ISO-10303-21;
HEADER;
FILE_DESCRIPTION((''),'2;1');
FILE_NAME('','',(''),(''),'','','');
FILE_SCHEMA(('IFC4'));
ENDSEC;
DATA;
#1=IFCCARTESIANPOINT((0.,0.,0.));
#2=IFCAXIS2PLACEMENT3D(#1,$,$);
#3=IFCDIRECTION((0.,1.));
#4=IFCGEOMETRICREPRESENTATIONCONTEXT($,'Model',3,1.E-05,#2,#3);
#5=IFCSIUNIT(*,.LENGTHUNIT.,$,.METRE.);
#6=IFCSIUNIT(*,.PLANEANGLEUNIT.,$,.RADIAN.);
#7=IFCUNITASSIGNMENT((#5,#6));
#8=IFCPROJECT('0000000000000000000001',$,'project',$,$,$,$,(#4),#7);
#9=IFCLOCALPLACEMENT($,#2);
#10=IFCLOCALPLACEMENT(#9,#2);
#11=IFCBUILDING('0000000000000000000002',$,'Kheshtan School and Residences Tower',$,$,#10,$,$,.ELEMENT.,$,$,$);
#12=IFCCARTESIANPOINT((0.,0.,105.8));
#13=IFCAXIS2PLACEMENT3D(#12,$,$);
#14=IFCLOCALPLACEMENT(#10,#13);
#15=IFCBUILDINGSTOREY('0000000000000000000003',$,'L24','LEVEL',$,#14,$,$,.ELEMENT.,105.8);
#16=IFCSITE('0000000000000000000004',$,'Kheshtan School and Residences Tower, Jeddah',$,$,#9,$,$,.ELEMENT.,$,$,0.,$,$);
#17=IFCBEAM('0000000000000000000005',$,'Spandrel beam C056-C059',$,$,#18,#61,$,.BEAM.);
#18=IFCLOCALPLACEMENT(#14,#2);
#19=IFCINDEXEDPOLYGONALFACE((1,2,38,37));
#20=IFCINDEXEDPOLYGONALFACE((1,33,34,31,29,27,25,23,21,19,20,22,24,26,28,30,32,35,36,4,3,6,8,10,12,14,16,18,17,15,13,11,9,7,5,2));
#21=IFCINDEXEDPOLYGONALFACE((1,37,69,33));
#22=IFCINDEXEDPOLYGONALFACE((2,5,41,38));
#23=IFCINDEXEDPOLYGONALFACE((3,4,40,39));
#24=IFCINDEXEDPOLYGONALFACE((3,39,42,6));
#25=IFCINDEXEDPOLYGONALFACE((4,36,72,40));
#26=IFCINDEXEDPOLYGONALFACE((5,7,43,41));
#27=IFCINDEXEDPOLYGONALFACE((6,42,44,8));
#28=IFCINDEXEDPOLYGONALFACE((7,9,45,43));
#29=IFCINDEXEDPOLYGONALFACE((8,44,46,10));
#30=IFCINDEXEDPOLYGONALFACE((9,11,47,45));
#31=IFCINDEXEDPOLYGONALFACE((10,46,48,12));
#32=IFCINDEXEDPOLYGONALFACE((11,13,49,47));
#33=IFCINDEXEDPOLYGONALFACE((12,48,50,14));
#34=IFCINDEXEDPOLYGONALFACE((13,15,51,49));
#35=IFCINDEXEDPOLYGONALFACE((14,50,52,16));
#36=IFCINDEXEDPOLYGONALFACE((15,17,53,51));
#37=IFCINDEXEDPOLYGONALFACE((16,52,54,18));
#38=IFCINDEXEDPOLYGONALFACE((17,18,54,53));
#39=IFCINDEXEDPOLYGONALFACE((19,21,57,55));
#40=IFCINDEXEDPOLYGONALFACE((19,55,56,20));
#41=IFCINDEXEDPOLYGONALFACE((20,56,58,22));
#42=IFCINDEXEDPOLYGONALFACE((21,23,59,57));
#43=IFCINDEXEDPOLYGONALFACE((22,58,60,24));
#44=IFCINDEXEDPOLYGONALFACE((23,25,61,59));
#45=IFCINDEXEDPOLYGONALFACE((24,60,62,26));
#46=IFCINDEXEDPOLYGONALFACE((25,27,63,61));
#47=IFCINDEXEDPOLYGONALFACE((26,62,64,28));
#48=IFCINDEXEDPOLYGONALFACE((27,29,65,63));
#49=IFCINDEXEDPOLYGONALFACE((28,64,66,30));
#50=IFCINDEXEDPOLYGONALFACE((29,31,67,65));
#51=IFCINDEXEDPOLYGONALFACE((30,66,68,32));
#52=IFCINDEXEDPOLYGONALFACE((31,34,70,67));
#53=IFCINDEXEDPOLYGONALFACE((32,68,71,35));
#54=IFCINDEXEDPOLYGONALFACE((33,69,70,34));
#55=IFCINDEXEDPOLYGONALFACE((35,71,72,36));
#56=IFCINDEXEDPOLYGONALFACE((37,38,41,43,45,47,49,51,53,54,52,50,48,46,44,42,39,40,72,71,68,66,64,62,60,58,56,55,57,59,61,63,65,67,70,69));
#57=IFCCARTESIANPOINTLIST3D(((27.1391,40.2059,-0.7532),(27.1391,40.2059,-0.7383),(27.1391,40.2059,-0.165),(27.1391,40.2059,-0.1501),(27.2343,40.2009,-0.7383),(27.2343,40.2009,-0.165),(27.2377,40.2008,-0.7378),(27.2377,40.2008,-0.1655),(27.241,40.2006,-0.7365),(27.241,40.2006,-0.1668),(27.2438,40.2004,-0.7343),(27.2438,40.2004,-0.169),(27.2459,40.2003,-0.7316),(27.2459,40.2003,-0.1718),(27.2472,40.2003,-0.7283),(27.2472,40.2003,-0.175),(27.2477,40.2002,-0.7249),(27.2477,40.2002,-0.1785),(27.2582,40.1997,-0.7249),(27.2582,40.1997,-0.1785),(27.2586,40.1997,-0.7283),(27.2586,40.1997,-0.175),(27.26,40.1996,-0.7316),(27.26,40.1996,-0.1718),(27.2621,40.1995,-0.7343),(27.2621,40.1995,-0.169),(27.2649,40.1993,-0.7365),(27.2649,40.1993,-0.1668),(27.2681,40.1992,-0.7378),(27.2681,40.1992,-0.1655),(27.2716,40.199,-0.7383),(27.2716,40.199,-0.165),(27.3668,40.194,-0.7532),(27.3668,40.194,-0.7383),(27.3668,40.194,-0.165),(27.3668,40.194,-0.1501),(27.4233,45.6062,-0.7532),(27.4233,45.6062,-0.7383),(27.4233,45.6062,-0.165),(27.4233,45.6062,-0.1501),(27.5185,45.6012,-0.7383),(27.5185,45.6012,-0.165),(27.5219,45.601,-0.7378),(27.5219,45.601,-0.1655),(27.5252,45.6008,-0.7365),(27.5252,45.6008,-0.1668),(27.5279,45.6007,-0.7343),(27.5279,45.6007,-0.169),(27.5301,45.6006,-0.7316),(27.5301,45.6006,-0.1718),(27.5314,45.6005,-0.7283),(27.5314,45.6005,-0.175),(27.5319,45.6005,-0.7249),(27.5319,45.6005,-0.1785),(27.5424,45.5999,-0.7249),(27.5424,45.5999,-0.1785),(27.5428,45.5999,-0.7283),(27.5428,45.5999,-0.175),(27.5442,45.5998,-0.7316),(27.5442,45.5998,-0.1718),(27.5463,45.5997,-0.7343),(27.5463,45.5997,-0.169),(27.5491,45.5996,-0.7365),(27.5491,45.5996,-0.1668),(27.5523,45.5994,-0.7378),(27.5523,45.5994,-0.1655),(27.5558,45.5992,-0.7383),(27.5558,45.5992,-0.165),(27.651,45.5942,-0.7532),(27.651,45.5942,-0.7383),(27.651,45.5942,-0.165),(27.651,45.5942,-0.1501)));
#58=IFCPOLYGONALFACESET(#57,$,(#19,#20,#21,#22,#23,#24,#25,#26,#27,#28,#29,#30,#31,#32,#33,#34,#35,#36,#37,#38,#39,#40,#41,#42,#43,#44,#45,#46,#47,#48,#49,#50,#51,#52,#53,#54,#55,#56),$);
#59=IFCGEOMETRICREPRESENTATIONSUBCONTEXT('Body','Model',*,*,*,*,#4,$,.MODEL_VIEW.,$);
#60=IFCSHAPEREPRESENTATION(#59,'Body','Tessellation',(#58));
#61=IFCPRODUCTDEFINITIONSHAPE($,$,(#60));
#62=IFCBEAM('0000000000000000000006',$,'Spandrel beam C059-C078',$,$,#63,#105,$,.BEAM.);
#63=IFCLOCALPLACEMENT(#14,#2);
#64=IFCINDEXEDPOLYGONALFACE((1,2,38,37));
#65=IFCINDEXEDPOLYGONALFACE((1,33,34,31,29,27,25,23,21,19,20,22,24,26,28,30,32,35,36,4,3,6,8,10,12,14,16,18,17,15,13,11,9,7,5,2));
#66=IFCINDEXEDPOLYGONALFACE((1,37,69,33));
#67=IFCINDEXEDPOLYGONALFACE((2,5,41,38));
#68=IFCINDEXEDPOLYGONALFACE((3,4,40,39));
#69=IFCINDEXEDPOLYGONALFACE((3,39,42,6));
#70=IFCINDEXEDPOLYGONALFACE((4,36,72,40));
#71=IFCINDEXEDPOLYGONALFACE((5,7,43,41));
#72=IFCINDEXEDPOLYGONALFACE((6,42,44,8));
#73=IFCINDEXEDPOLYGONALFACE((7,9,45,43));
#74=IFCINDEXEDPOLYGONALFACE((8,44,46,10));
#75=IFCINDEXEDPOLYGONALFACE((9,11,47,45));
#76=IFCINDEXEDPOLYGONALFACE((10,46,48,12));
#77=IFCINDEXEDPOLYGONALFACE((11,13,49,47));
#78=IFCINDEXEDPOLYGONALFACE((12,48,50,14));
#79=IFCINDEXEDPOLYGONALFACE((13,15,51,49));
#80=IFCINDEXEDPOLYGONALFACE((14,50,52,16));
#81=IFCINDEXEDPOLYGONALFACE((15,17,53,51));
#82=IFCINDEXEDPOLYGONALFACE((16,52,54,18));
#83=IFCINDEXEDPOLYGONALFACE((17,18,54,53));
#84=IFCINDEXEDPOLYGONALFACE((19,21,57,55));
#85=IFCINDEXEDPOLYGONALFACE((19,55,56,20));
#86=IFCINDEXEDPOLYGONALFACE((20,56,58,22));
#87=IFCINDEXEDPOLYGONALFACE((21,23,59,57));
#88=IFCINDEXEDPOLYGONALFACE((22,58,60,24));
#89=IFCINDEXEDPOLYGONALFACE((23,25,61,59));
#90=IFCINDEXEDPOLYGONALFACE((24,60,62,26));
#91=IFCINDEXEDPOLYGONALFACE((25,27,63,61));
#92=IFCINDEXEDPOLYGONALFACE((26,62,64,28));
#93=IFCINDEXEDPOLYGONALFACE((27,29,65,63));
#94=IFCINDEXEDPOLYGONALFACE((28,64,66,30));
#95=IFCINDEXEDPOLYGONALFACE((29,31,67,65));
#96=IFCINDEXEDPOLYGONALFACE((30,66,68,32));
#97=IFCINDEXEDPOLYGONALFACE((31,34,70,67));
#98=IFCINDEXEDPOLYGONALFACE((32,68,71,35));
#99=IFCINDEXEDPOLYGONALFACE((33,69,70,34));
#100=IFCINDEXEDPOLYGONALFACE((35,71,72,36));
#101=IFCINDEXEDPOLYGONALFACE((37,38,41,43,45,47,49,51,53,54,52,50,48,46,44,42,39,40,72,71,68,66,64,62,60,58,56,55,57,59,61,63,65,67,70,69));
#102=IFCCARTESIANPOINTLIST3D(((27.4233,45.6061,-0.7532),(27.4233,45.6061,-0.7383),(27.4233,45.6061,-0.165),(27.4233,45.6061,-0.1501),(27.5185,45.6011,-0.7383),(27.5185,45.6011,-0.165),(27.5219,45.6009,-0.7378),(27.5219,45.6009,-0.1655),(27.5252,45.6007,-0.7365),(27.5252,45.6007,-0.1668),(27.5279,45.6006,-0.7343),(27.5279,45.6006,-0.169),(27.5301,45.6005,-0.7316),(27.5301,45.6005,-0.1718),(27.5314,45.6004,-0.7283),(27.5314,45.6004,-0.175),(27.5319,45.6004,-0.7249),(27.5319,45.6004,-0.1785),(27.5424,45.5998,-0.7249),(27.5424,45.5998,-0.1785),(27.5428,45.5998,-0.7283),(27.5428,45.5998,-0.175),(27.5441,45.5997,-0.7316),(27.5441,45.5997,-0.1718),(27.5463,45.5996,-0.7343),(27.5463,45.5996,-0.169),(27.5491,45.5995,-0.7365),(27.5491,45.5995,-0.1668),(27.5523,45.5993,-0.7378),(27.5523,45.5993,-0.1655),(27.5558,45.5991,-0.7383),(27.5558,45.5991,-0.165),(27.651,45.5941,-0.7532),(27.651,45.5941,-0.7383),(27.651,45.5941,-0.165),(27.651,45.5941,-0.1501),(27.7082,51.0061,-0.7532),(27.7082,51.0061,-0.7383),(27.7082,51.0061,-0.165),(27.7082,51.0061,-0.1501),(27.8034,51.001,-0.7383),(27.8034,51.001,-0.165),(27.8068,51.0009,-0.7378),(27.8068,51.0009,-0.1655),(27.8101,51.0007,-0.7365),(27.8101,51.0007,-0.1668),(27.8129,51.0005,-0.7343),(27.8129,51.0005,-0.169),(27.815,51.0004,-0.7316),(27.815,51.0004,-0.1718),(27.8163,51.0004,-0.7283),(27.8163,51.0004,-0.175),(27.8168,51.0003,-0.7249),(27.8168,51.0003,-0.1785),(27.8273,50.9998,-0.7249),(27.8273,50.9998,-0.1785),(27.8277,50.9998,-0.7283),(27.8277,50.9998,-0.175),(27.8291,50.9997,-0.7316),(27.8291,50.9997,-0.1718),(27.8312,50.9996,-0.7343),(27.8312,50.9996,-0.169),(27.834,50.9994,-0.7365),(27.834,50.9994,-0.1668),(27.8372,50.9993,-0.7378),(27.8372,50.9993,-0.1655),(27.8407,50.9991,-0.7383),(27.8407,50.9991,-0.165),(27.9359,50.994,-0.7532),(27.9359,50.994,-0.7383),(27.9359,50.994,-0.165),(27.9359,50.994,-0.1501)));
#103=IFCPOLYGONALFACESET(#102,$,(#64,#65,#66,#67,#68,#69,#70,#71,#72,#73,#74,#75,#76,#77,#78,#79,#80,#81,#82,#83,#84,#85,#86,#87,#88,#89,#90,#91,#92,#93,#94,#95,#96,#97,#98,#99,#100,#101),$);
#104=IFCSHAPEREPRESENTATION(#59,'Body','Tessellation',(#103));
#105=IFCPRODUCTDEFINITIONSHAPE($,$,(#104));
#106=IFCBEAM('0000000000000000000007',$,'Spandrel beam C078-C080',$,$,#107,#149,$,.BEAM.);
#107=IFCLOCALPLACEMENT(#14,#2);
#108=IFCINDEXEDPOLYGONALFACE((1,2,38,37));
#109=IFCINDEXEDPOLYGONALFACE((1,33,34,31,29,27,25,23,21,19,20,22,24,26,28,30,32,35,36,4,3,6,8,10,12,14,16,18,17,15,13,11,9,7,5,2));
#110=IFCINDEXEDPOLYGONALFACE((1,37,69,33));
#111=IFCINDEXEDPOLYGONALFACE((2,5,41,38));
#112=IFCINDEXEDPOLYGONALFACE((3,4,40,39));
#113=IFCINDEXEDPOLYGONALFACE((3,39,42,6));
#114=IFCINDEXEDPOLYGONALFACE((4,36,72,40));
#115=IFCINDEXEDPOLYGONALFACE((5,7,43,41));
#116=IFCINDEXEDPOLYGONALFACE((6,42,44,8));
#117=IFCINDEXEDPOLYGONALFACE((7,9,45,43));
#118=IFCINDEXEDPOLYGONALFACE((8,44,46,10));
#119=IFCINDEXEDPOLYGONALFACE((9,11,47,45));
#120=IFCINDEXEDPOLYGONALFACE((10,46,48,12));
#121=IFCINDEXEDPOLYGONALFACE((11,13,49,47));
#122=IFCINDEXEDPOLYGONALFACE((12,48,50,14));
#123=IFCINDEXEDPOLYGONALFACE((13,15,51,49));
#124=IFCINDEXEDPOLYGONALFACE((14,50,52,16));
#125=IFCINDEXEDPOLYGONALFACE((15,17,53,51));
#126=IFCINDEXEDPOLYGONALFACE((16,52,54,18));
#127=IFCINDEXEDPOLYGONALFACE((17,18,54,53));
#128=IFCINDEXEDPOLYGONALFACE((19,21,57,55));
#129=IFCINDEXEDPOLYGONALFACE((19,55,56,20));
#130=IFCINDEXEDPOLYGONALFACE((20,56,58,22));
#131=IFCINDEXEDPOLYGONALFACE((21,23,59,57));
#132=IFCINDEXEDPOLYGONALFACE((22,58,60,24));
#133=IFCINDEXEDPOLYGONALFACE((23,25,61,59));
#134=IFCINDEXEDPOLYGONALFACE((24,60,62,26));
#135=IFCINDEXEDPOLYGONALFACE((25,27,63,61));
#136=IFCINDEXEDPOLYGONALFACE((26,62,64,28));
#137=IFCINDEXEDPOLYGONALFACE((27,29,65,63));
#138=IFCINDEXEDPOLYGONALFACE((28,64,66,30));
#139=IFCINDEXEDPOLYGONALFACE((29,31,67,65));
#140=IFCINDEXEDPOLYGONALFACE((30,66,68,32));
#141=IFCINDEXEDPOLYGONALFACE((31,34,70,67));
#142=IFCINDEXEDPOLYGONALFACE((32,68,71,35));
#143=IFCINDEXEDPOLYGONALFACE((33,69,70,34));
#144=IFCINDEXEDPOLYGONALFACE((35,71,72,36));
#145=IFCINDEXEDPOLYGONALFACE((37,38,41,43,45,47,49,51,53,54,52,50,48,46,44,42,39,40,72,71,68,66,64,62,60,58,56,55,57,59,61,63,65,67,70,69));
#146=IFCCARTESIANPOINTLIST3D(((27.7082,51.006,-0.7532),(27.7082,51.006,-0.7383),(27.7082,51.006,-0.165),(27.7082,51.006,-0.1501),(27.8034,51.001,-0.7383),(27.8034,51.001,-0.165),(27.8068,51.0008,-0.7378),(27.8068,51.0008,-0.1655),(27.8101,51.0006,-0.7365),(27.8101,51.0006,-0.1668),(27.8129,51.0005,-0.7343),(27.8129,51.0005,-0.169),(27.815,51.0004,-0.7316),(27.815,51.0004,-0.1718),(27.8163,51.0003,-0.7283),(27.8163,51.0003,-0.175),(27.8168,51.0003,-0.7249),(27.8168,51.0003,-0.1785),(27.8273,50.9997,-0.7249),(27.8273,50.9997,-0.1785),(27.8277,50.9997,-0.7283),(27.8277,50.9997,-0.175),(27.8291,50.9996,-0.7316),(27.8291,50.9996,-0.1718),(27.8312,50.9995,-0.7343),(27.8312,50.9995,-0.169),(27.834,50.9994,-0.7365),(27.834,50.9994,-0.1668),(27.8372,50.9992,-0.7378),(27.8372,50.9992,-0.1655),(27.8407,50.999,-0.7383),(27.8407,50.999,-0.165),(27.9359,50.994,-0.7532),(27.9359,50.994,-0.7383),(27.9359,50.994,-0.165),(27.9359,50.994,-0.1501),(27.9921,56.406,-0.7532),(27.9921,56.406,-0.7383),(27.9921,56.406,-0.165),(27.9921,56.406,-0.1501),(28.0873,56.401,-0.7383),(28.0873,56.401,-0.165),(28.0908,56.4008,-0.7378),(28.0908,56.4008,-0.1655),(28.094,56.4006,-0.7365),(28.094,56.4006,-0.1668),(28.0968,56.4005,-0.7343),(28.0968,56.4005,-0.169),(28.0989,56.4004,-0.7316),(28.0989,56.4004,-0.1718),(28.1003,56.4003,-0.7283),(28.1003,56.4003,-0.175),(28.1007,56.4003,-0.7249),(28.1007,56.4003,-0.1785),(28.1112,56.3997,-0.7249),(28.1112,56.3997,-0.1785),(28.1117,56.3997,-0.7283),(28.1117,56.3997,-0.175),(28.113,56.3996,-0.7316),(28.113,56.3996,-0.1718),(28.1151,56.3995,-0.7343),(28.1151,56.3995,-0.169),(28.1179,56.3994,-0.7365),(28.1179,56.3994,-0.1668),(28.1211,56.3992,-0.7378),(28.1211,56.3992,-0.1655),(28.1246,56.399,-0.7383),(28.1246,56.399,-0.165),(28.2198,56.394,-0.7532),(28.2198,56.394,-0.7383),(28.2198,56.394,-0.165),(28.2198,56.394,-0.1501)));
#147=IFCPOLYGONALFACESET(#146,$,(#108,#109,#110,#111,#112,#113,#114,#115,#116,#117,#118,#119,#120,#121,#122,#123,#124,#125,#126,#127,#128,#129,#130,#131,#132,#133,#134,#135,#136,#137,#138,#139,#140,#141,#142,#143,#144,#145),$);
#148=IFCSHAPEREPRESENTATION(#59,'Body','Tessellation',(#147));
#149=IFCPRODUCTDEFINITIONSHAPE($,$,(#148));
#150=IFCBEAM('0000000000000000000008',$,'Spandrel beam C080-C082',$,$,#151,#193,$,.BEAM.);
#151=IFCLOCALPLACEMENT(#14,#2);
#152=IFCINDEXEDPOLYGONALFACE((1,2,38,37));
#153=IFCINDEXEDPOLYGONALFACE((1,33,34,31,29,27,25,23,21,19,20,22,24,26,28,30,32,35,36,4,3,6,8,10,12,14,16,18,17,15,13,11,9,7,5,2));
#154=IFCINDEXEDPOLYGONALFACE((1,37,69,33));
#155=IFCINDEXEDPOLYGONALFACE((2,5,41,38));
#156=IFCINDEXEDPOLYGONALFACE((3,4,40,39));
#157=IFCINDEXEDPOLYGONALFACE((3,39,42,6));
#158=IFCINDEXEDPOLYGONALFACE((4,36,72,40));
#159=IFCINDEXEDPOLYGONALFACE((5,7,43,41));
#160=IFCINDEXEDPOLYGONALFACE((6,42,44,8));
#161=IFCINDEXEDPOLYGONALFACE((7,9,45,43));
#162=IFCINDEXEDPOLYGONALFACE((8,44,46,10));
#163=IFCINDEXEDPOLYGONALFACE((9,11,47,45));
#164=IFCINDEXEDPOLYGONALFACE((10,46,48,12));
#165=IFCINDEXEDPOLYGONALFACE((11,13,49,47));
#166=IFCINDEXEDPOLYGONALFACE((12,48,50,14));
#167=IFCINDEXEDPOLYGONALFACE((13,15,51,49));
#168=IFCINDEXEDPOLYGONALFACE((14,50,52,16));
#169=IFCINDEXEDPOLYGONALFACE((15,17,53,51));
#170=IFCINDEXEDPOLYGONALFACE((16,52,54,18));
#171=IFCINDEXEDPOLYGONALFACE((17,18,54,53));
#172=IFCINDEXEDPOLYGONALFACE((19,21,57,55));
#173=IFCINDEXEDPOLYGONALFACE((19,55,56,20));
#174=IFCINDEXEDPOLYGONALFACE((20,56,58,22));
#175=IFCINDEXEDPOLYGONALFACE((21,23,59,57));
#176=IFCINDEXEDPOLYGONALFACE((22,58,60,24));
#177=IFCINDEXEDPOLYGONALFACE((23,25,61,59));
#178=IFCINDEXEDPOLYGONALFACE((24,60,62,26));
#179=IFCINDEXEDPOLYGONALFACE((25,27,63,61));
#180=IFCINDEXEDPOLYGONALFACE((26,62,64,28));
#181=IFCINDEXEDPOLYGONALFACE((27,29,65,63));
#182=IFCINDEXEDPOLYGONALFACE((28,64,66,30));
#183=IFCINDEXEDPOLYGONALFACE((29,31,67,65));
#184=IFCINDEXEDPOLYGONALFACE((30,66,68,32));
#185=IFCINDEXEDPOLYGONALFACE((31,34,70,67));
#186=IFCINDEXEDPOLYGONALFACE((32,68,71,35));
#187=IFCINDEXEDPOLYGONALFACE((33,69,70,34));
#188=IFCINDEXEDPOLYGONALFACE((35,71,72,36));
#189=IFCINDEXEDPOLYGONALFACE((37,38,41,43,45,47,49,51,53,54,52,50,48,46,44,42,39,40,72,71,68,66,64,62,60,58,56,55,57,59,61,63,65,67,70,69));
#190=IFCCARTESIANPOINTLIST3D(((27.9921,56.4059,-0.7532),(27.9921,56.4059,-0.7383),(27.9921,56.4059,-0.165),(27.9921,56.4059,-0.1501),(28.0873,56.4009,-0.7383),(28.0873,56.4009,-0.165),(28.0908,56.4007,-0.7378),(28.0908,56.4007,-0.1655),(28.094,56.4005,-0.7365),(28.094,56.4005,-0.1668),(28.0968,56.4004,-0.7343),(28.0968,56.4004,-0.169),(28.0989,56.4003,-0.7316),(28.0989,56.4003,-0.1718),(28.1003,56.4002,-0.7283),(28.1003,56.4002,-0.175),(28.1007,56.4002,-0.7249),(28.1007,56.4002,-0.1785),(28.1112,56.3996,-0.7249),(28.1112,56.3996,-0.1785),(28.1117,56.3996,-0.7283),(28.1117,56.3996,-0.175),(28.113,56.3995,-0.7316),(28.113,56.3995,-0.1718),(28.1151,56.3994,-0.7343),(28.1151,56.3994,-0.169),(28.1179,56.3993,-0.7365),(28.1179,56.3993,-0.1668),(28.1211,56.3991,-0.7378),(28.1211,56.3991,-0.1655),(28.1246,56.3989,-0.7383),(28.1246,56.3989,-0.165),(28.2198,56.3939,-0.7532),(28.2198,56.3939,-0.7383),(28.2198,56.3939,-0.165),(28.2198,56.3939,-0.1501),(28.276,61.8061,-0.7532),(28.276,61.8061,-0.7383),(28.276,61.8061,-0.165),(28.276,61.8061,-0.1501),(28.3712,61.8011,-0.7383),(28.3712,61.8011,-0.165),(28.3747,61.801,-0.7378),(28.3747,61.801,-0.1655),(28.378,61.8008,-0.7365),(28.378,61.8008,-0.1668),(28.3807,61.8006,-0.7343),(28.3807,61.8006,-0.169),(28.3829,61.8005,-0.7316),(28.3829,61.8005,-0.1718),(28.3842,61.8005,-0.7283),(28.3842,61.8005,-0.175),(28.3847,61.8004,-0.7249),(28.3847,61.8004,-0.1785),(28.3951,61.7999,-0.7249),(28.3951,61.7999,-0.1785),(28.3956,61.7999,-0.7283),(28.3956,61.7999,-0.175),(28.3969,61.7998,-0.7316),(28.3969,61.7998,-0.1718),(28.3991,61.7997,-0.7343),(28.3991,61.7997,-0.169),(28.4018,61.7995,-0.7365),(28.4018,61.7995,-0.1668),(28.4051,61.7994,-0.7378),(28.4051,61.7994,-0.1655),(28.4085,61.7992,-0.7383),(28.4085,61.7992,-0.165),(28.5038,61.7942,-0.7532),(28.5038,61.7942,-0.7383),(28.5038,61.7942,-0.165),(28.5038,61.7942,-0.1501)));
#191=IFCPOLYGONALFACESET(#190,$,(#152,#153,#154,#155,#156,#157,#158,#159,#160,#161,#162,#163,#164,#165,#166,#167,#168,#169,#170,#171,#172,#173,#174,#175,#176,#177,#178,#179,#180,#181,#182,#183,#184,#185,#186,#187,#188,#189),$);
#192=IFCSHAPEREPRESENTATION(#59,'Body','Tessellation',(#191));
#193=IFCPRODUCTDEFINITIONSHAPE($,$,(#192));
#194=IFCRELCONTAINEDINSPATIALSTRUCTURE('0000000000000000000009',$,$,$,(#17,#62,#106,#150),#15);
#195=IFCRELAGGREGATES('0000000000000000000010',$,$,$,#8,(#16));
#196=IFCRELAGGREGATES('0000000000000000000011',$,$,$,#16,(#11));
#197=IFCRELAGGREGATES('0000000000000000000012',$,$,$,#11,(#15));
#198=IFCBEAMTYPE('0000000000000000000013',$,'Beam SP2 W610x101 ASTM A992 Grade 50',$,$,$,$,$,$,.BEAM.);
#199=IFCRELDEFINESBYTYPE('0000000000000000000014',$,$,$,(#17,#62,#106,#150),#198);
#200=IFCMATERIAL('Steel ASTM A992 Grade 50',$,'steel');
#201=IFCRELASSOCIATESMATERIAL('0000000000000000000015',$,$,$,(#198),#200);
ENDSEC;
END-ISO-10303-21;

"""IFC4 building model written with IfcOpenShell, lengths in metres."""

from ifc_helpers import new_model, si_unit, direction, frame, origin, origin_2d, place, context, subcontext, project, spatial, i_section, extrude, material, material_profile, profile_set, type_object, element, save


model = new_model("IFC4")

# Units and contexts
model_context = context("Model", 3, precision=1e-05, world=origin(), true_north=direction((0.0, 1.0)))
body_context = subcontext(model_context, "Body", "Model", "MODEL_VIEW")
ifc_project = project(units=[si_unit("LENGTHUNIT", "METRE"), si_unit("PLANEANGLEUNIT", "RADIAN")], contexts=[model_context])

# Site, building, storey
site_placement = place(None, origin())
site = spatial("IfcSite", under=ifc_project, at=site_placement, Name="Kheshtan School and Residences Tower, Jeddah", CompositionType="ELEMENT", RefElevation=0.0)
building_placement = place(site_placement, origin())
building = spatial("IfcBuilding", under=site, at=building_placement, Name="Kheshtan School and Residences Tower", CompositionType="ELEMENT")
storey_placement = place(building_placement, frame((0.0, 0.0, 105.8)))
storey = spatial("IfcBuildingStorey", under=building, at=storey_placement, Name="L24", Description="LEVEL", CompositionType="ELEMENT", Elevation=105.8)

# Shared definitions
ifc_material_1 = material(Name="Steel ASTM A992 Grade 50", Category="steel")

# Beams
ifc_material_profile_1 = material_profile(ifc_material_1, i_section(OverallWidth=0.228, OverallDepth=0.603, WebThickness=0.0105, FlangeThickness=0.0149, FilletRadius=0.0134, at=origin_2d()), Name="W610x101")
ifc_profile_set_1 = profile_set([ifc_material_profile_1], Name="Steel ASTM A992 Grade 50")
beam_type_1 = type_object("IfcBeamType", Name="Beam SP2 W610x101 ASTM A992 Grade 50", PredefinedType="BEAM", material=ifc_profile_set_1)
beam_1_placement = place(storey_placement, frame((27.2529, 40.2, -0.4517), z_axis=(0.052552, 0.998618, 0.0), x_axis=(-0.998618, 0.052552, 0.0)))
element("IfcBeam", 1, at=beam_1_placement, inside=storey, type_object=beam_type_1, Name="Spandrel beam C056-C059", PredefinedType="BEAM", context=body_context, shape_type="SweptSolid", body=[
    extrude(i_section(OverallWidth=0.228, OverallDepth=0.603, WebThickness=0.0105, FlangeThickness=0.0149, FilletRadius=0.0134, at=origin_2d()), origin(), (0.0, 0.0, 1.0), 5.4077),
])
for number, where, z_axis, x_axis, name in (
    (2, (27.5371, 45.6001, -0.4517), (0.052689, 0.998611, 0.0), (-0.998611, 0.052689, 0.0), "Spandrel beam C059-C078"),
    (3, (27.822, 51.0, -0.4517), (0.052509, 0.99862, 0.0), (-0.99862, 0.052509, 0.0), "Spandrel beam C078-C080"),
):
    element("IfcBeam", number, at=place(storey_placement, frame(where, z_axis=z_axis, x_axis=x_axis)), inside=storey, type_object=beam_type_1, Name=name, PredefinedType="BEAM", context=body_context, shape_type="SweptSolid", body=[
        extrude(i_section(OverallWidth=0.228, OverallDepth=0.603, WebThickness=0.0105, FlangeThickness=0.0149, FilletRadius=0.0134, at=origin_2d()), origin(), (0.0, 0.0, 1.0), 5.4075),
    ])
beam_2_placement = place(storey_placement, frame((28.106, 56.3999, -0.4517), z_axis=(0.052507, 0.998621, 0.0), x_axis=(-0.998621, 0.052507, 0.0)))
element("IfcBeam", 4, at=beam_2_placement, inside=storey, type_object=beam_type_1, Name="Spandrel beam C080-C082", PredefinedType="BEAM", context=body_context, shape_type="SweptSolid", body=[
    extrude(i_section(OverallWidth=0.228, OverallDepth=0.603, WebThickness=0.0105, FlangeThickness=0.0149, FilletRadius=0.0134, at=origin_2d()), origin(), (0.0, 0.0, 1.0), 5.4077),
])

save(model, "model.ifc")
